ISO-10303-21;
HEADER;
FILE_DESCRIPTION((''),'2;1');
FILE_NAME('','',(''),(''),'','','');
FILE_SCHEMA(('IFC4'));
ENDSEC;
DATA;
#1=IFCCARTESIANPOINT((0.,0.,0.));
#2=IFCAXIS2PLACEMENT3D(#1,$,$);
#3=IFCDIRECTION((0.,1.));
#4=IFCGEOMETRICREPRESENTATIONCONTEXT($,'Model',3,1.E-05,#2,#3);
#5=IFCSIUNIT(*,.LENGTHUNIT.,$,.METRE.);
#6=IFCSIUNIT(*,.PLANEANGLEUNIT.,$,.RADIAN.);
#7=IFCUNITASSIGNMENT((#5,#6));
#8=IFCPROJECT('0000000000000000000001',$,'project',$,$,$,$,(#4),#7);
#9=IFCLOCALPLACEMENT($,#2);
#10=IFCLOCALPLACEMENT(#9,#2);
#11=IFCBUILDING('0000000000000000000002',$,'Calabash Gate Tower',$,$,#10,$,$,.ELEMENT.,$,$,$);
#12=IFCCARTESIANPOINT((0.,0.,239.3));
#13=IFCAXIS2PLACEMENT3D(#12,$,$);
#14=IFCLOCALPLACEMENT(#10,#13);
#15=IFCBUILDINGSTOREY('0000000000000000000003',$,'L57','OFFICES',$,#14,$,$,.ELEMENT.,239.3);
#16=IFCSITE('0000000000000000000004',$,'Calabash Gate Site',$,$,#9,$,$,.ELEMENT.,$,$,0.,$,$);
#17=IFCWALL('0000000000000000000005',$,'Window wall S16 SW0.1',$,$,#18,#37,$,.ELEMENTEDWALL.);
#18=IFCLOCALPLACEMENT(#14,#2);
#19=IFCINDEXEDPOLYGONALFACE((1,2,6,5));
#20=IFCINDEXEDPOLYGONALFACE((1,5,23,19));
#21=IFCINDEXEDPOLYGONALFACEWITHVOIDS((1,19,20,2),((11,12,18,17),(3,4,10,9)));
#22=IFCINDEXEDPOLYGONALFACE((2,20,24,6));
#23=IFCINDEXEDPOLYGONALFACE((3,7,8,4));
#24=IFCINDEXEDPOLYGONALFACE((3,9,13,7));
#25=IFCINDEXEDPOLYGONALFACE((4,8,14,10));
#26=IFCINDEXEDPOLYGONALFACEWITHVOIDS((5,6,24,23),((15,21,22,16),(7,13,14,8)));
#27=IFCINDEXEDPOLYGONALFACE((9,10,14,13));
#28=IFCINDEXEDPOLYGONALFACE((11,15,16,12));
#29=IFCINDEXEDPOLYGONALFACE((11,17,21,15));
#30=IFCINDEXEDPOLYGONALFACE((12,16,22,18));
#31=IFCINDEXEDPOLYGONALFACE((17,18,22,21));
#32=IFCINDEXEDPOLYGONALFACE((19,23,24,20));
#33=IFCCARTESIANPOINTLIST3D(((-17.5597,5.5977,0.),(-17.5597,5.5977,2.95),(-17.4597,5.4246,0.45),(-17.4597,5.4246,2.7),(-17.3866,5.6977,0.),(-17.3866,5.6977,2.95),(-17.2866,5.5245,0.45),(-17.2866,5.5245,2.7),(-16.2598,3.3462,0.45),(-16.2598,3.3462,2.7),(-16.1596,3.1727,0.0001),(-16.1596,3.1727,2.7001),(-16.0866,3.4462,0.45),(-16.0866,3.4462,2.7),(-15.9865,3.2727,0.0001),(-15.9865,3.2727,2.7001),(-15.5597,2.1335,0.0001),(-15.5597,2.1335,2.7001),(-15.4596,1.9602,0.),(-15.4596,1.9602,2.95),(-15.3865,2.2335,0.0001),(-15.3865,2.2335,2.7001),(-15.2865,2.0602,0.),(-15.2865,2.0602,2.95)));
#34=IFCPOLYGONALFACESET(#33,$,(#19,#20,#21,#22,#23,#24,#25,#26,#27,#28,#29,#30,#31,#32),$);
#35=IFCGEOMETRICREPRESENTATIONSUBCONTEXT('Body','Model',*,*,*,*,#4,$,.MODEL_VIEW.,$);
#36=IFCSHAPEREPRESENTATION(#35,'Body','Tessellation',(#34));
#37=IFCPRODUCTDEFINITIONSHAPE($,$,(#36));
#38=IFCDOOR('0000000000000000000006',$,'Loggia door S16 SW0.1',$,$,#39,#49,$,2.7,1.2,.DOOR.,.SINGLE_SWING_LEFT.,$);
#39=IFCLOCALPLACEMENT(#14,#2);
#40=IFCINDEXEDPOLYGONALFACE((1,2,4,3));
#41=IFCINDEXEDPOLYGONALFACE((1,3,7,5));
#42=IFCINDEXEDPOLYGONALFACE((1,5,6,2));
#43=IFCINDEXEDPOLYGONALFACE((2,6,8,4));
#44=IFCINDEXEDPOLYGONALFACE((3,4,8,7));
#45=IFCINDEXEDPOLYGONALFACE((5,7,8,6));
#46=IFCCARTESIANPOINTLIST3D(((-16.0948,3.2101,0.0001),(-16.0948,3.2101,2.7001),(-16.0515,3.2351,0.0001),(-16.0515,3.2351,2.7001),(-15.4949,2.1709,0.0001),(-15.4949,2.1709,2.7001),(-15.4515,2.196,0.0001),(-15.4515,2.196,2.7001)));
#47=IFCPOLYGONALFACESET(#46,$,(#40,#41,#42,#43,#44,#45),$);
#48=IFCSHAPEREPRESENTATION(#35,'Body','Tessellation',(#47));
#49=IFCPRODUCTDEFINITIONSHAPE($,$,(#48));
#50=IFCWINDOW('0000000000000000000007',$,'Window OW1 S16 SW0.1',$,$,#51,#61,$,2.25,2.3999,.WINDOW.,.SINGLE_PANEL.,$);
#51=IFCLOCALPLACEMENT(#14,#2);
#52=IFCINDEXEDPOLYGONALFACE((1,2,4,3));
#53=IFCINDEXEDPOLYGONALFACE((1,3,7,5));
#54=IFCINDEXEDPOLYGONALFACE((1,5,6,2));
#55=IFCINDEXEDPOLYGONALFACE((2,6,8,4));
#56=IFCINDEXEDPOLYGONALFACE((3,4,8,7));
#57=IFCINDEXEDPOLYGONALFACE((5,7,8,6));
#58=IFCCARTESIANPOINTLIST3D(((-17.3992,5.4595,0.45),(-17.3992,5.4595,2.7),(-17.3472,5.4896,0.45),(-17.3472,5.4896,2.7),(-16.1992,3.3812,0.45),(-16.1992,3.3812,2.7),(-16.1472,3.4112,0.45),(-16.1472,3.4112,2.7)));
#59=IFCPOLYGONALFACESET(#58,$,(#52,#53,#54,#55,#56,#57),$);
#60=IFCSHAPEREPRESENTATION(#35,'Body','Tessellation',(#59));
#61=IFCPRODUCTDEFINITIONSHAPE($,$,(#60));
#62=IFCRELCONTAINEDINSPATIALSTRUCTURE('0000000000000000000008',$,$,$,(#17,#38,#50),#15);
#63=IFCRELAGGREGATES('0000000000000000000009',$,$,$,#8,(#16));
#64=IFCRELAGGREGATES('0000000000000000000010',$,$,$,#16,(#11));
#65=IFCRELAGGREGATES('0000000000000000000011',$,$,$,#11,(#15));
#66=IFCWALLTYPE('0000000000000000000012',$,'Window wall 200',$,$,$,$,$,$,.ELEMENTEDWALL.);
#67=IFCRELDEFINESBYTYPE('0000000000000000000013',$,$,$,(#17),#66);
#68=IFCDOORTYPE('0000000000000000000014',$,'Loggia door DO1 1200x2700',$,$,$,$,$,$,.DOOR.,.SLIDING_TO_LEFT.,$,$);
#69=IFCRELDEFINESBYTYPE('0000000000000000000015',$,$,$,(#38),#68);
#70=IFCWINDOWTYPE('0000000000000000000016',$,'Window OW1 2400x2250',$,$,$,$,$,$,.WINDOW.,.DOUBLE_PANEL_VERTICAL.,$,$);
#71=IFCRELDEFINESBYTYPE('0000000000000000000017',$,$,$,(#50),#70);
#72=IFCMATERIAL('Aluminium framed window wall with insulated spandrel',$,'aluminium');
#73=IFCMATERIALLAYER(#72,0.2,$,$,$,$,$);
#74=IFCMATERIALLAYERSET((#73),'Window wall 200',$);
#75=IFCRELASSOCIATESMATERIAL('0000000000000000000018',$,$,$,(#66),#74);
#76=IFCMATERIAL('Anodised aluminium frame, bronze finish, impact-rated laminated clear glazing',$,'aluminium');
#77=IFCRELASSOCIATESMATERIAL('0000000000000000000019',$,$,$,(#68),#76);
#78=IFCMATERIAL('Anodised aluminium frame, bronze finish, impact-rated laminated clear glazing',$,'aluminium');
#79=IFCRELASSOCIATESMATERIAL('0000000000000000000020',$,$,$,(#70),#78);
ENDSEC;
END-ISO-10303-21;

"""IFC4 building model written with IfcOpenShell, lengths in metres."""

from ifc_helpers import new_model, si_unit, direction, frame, frame_2d, origin, place, context, subcontext, project, spatial, rectangle, extrude, material, layer, layer_set, type_object, element, fill, save


model = new_model("IFC4")

# Units and contexts
model_context = context("Model", 3, precision=1e-05, world=origin(), true_north=direction((0.0, 1.0)))
body_context = subcontext(model_context, "Body", "Model", "MODEL_VIEW")
ifc_project = project(units=[si_unit("LENGTHUNIT", "METRE"), si_unit("PLANEANGLEUNIT", "RADIAN")], contexts=[model_context])

# Site, building, storey
site_placement = place(None, origin())
site = spatial("IfcSite", under=ifc_project, at=site_placement, Name="Calabash Gate Site", CompositionType="ELEMENT", RefElevation=0.0)
building_placement = place(site_placement, origin())
building = spatial("IfcBuilding", under=site, at=building_placement, Name="Calabash Gate Tower", CompositionType="ELEMENT")
storey_placement = place(building_placement, frame((0.0, 0.0, 239.3)))
storey = spatial("IfcBuildingStorey", under=building, at=storey_placement, Name="L57", Description="OFFICES", CompositionType="ELEMENT", Elevation=239.3)

# Wall, openings, door, window
ifc_material_1 = material(Name="Aluminium framed window wall with insulated spandrel", Category="aluminium")
ifc_layer_1 = layer(ifc_material_1, 0.2)
ifc_layer_set_1 = layer_set([ifc_layer_1], Name="Window wall 200")
wall_type_1 = type_object("IfcWallType", Name="Window wall 200", PredefinedType="ELEMENTEDWALL", material=ifc_layer_set_1)
wall_1_placement = place(storey_placement, frame((-17.4731, 5.6477, 0.0), z_axis=(0.0, 0.0, 1.0), x_axis=(0.500003, -0.866024, 0.0)))
wall_1 = element("IfcWall", 1, at=wall_1_placement, inside=storey, type_object=wall_type_1, Name="Window wall S16 SW0.1", PredefinedType="ELEMENTEDWALL", context=body_context, shape_type="SweptSolid", body=[
    extrude(rectangle(XDim=4.2002, YDim=0.2, at=frame_2d((2.1001, 0.0))), origin(), (0.0, 0.0, 1.0), 2.95),
])
opening_1_placement = place(wall_1_placement, frame((0.2, 0.0, 0.45)))
opening_1 = element("IfcOpeningElement", 2, at=opening_1_placement, cuts=wall_1, PredefinedType="OPENING", context=body_context, shape_type="SweptSolid", body=[
    extrude(rectangle(XDim=2.3999, YDim=2.25, at=frame_2d((1.2, 1.125))), frame((0.0, 0.1099, 0.0), z_axis=(0.0, -1.0, 0.0), x_axis=(1.0, 0.0, 0.0)), (0.0, 0.0, 1.0), 0.22),
])
opening_2_placement = place(wall_1_placement, frame((2.8, 0.0, 0.0)))
opening_2 = element("IfcOpeningElement", 3, at=opening_2_placement, cuts=wall_1, PredefinedType="OPENING", context=body_context, shape_type="SweptSolid", body=[
    extrude(rectangle(XDim=1.2, YDim=2.7, at=frame_2d((0.6001, 1.3501))), frame((0.0, 0.1099, 0.0), z_axis=(0.0, -1.0, 0.0), x_axis=(1.0, 0.0, 0.0)), (0.0, 0.0, 1.0), 0.22),
])
ifc_material_2 = material(Name="Anodised aluminium frame, bronze finish, impact-rated laminated clear glazing", Category="aluminium")
door_type = type_object("IfcDoorType", Name="Loggia door DO1 1200x2700", OperationType="SLIDING_TO_LEFT", PredefinedType="DOOR", material=ifc_material_2)
door_placement = place(opening_2_placement, origin())
door = element("IfcDoor", 4, at=door_placement, inside=storey, type_object=door_type, Name="Loggia door S16 SW0.1", OperationType="SINGLE_SWING_LEFT", OverallHeight=2.7, OverallWidth=1.2, PredefinedType="DOOR", context=body_context, shape_type="SweptSolid", body=[
    extrude(rectangle(XDim=1.2, YDim=2.7, at=frame_2d((0.6001, 1.3501))), frame((0.0, 0.0249, 0.0), z_axis=(0.0, -1.0, 0.0), x_axis=(1.0, 0.0, 0.0)), (0.0, 0.0, 1.0), 0.05),
])
fill(opening_2, door)
ifc_material_3 = material(Name="Anodised aluminium frame, bronze finish, impact-rated laminated clear glazing", Category="aluminium")
window_type_1 = type_object("IfcWindowType", Name="Window OW1 2400x2250", PartitioningType="DOUBLE_PANEL_VERTICAL", PredefinedType="WINDOW", material=ifc_material_3)
window_1_placement = place(opening_1_placement, origin())
window_1 = element("IfcWindow", 5, at=window_1_placement, inside=storey, type_object=window_type_1, Name="Window OW1 S16 SW0.1", OverallHeight=2.25, OverallWidth=2.3999, PartitioningType="SINGLE_PANEL", PredefinedType="WINDOW", context=body_context, shape_type="SweptSolid", body=[
    extrude(rectangle(XDim=2.3999, YDim=2.25, at=frame_2d((1.2, 1.125))), frame((0.0, 0.03, 0.0), z_axis=(0.0, -1.0, 0.0), x_axis=(1.0, 0.0, 0.0)), (0.0, 0.0, 1.0), 0.0601),
])
fill(opening_1, window_1)

save(model, "model.ifc")
